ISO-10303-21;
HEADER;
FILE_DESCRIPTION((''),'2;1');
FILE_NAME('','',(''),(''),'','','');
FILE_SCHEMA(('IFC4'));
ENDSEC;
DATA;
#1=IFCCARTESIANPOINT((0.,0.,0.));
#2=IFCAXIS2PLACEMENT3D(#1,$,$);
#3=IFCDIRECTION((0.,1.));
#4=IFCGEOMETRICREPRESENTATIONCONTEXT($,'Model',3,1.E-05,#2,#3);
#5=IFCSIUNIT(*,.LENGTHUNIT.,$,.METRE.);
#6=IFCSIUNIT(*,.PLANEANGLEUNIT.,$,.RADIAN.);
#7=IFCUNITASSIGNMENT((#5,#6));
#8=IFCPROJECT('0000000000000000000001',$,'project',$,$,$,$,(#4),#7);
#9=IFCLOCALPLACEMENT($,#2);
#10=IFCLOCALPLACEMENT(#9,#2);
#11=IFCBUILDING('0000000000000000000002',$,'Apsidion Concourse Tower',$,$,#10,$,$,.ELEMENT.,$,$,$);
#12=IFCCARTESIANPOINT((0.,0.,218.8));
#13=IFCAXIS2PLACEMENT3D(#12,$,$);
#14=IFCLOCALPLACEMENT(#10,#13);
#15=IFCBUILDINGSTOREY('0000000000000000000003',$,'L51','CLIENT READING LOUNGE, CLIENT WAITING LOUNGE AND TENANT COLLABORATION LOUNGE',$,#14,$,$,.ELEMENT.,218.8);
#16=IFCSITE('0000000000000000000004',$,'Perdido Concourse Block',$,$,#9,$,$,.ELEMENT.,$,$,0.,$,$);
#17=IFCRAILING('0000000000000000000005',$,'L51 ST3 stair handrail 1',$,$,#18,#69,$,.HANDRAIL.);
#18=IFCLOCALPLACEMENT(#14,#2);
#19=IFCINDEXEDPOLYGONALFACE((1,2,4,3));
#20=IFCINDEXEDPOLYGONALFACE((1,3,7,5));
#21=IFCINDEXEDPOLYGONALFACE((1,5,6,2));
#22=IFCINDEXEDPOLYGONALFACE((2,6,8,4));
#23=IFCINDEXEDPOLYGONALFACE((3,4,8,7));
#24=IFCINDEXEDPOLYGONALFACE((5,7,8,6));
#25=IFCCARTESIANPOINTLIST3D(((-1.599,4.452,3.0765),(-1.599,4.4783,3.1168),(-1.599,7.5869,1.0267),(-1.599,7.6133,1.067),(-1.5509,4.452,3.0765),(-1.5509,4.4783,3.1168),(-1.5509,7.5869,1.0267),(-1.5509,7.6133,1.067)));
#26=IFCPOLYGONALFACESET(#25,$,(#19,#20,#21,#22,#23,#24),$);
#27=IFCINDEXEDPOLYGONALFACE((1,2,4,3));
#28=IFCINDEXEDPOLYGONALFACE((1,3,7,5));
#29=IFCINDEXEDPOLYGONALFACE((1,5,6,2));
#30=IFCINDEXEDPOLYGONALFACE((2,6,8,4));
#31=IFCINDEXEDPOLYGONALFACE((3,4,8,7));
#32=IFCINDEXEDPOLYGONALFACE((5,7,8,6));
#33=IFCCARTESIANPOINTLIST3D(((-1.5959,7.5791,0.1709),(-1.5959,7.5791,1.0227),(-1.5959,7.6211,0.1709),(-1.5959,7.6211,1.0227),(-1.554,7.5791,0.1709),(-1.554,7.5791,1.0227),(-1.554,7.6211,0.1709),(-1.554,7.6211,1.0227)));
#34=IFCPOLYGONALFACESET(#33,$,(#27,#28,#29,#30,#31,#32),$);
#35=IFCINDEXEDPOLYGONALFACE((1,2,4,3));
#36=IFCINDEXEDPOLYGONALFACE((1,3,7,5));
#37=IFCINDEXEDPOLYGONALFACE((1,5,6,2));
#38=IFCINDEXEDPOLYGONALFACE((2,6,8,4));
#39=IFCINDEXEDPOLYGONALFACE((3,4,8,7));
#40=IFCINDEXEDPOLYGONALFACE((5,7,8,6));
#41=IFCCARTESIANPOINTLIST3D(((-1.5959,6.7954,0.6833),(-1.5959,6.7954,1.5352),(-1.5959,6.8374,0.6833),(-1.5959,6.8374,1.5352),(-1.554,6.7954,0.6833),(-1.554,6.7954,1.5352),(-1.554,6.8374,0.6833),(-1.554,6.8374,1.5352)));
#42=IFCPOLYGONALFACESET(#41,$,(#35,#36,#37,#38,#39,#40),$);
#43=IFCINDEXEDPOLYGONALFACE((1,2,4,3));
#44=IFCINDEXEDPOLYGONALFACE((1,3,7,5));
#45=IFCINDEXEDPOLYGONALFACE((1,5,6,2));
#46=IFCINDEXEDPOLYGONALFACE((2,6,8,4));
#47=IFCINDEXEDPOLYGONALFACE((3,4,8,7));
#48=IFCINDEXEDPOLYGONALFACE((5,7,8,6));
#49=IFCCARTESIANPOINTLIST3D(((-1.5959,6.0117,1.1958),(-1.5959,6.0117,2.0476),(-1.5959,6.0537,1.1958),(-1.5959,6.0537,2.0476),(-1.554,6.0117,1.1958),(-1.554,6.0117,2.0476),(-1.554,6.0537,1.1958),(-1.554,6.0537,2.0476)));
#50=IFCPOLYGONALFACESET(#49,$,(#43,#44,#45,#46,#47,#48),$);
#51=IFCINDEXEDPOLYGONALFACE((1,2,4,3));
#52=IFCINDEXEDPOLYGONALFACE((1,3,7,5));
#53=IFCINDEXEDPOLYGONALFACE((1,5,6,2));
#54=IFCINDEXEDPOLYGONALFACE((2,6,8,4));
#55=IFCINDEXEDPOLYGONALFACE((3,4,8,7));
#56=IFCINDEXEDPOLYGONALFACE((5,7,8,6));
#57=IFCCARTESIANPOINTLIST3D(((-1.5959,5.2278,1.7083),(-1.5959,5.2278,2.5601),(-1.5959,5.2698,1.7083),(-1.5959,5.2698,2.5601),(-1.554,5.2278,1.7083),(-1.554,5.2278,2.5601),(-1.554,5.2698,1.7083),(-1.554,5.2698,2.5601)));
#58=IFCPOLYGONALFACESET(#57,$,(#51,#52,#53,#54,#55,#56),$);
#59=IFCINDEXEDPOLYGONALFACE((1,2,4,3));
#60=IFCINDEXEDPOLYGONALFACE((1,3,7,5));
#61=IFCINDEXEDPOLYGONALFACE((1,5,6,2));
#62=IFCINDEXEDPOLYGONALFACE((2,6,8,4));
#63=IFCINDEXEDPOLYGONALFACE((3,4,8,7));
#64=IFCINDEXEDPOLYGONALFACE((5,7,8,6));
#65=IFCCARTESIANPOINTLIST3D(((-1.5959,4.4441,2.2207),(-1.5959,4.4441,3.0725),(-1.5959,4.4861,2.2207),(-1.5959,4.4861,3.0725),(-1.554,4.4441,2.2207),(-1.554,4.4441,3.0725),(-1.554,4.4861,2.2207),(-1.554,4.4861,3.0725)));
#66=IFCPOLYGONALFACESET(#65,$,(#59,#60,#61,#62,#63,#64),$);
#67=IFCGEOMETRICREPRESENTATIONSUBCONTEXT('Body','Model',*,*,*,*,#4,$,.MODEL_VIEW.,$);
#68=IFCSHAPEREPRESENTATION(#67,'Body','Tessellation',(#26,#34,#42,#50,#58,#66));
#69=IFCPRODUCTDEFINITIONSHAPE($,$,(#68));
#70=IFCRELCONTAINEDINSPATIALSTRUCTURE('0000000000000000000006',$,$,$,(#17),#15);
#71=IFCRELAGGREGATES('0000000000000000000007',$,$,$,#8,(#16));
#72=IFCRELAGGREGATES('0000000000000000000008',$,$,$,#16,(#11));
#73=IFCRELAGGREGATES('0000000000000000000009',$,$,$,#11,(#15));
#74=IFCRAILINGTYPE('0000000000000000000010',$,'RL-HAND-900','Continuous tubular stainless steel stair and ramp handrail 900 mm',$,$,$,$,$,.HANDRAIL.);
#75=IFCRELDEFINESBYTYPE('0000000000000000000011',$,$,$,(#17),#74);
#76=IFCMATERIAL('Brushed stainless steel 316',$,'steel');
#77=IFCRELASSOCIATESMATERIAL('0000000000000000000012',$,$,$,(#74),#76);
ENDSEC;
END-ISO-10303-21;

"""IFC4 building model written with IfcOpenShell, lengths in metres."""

from ifc_helpers import new_model, si_unit, direction, frame, origin, origin_2d, place, context, subcontext, project, spatial, rectangle, extrude, material, type_object, element, save


model = new_model("IFC4")

# Units and contexts
model_context = context("Model", 3, precision=1e-05, world=origin(), true_north=direction((0.0, 1.0)))
body_context = subcontext(model_context, "Body", "Model", "MODEL_VIEW")
ifc_project = project(units=[si_unit("LENGTHUNIT", "METRE"), si_unit("PLANEANGLEUNIT", "RADIAN")], contexts=[model_context])

# Site, building, storey
site_placement = place(None, origin())
site = spatial("IfcSite", under=ifc_project, at=site_placement, Name="Perdido Concourse Block", CompositionType="ELEMENT", RefElevation=0.0)
building_placement = place(site_placement, origin())
building = spatial("IfcBuilding", under=site, at=building_placement, Name="Apsidion Concourse Tower", CompositionType="ELEMENT")
storey_placement = place(building_placement, frame((0.0, 0.0, 218.8)))
storey = spatial("IfcBuildingStorey", under=building, at=storey_placement, Name="L51", Description="CLIENT READING LOUNGE, CLIENT WAITING LOUNGE AND TENANT COLLABORATION LOUNGE", CompositionType="ELEMENT", Elevation=218.8)

# Shared definitions
ifc_material_1 = material(Name="Brushed stainless steel 316", Category="steel")

# Railing
railing_type_1 = type_object("IfcRailingType", Name="RL-HAND-900", Description="Continuous tubular stainless steel stair and ramp handrail 900 mm", PredefinedType="HANDRAIL", material=ifc_material_1)
railing_1_placement = place(storey_placement, frame((-1.575, 7.6001, 0.1709)))
element("IfcRailing", 1, at=railing_1_placement, inside=storey, type_object=railing_type_1, Name="L51 ST3 stair handrail 1", PredefinedType="HANDRAIL", context=body_context, shape_type="SweptSolid", body=[
    extrude(rectangle(XDim=0.0481, YDim=0.0481, at=origin_2d()), frame((0.0, 0.0, 0.876), z_axis=(0.0, -0.836971, 0.547248), x_axis=(1.0, 0.0, 0.0)), (0.0, 0.0, 1.0), 3.7456),
    extrude(rectangle(XDim=0.042, YDim=0.042, at=origin_2d()), origin(), (0.0, 0.0, 1.0), 0.8518),
    extrude(rectangle(XDim=0.042, YDim=0.042, at=origin_2d()), frame((0.0, -0.7837, 0.5125)), (0.0, 0.0, 1.0), 0.8518),
    extrude(rectangle(XDim=0.042, YDim=0.042, at=origin_2d()), frame((0.0, -1.5674, 1.0249)), (0.0, 0.0, 1.0), 0.8518),
    extrude(rectangle(XDim=0.042, YDim=0.042, at=origin_2d()), frame((0.0, -2.3513, 1.5374)), (0.0, 0.0, 1.0), 0.8518),
    extrude(rectangle(XDim=0.042, YDim=0.042, at=origin_2d()), frame((0.0, -3.135, 2.0498)), (0.0, 0.0, 1.0), 0.8518),
])

save(model, "model.ifc")
